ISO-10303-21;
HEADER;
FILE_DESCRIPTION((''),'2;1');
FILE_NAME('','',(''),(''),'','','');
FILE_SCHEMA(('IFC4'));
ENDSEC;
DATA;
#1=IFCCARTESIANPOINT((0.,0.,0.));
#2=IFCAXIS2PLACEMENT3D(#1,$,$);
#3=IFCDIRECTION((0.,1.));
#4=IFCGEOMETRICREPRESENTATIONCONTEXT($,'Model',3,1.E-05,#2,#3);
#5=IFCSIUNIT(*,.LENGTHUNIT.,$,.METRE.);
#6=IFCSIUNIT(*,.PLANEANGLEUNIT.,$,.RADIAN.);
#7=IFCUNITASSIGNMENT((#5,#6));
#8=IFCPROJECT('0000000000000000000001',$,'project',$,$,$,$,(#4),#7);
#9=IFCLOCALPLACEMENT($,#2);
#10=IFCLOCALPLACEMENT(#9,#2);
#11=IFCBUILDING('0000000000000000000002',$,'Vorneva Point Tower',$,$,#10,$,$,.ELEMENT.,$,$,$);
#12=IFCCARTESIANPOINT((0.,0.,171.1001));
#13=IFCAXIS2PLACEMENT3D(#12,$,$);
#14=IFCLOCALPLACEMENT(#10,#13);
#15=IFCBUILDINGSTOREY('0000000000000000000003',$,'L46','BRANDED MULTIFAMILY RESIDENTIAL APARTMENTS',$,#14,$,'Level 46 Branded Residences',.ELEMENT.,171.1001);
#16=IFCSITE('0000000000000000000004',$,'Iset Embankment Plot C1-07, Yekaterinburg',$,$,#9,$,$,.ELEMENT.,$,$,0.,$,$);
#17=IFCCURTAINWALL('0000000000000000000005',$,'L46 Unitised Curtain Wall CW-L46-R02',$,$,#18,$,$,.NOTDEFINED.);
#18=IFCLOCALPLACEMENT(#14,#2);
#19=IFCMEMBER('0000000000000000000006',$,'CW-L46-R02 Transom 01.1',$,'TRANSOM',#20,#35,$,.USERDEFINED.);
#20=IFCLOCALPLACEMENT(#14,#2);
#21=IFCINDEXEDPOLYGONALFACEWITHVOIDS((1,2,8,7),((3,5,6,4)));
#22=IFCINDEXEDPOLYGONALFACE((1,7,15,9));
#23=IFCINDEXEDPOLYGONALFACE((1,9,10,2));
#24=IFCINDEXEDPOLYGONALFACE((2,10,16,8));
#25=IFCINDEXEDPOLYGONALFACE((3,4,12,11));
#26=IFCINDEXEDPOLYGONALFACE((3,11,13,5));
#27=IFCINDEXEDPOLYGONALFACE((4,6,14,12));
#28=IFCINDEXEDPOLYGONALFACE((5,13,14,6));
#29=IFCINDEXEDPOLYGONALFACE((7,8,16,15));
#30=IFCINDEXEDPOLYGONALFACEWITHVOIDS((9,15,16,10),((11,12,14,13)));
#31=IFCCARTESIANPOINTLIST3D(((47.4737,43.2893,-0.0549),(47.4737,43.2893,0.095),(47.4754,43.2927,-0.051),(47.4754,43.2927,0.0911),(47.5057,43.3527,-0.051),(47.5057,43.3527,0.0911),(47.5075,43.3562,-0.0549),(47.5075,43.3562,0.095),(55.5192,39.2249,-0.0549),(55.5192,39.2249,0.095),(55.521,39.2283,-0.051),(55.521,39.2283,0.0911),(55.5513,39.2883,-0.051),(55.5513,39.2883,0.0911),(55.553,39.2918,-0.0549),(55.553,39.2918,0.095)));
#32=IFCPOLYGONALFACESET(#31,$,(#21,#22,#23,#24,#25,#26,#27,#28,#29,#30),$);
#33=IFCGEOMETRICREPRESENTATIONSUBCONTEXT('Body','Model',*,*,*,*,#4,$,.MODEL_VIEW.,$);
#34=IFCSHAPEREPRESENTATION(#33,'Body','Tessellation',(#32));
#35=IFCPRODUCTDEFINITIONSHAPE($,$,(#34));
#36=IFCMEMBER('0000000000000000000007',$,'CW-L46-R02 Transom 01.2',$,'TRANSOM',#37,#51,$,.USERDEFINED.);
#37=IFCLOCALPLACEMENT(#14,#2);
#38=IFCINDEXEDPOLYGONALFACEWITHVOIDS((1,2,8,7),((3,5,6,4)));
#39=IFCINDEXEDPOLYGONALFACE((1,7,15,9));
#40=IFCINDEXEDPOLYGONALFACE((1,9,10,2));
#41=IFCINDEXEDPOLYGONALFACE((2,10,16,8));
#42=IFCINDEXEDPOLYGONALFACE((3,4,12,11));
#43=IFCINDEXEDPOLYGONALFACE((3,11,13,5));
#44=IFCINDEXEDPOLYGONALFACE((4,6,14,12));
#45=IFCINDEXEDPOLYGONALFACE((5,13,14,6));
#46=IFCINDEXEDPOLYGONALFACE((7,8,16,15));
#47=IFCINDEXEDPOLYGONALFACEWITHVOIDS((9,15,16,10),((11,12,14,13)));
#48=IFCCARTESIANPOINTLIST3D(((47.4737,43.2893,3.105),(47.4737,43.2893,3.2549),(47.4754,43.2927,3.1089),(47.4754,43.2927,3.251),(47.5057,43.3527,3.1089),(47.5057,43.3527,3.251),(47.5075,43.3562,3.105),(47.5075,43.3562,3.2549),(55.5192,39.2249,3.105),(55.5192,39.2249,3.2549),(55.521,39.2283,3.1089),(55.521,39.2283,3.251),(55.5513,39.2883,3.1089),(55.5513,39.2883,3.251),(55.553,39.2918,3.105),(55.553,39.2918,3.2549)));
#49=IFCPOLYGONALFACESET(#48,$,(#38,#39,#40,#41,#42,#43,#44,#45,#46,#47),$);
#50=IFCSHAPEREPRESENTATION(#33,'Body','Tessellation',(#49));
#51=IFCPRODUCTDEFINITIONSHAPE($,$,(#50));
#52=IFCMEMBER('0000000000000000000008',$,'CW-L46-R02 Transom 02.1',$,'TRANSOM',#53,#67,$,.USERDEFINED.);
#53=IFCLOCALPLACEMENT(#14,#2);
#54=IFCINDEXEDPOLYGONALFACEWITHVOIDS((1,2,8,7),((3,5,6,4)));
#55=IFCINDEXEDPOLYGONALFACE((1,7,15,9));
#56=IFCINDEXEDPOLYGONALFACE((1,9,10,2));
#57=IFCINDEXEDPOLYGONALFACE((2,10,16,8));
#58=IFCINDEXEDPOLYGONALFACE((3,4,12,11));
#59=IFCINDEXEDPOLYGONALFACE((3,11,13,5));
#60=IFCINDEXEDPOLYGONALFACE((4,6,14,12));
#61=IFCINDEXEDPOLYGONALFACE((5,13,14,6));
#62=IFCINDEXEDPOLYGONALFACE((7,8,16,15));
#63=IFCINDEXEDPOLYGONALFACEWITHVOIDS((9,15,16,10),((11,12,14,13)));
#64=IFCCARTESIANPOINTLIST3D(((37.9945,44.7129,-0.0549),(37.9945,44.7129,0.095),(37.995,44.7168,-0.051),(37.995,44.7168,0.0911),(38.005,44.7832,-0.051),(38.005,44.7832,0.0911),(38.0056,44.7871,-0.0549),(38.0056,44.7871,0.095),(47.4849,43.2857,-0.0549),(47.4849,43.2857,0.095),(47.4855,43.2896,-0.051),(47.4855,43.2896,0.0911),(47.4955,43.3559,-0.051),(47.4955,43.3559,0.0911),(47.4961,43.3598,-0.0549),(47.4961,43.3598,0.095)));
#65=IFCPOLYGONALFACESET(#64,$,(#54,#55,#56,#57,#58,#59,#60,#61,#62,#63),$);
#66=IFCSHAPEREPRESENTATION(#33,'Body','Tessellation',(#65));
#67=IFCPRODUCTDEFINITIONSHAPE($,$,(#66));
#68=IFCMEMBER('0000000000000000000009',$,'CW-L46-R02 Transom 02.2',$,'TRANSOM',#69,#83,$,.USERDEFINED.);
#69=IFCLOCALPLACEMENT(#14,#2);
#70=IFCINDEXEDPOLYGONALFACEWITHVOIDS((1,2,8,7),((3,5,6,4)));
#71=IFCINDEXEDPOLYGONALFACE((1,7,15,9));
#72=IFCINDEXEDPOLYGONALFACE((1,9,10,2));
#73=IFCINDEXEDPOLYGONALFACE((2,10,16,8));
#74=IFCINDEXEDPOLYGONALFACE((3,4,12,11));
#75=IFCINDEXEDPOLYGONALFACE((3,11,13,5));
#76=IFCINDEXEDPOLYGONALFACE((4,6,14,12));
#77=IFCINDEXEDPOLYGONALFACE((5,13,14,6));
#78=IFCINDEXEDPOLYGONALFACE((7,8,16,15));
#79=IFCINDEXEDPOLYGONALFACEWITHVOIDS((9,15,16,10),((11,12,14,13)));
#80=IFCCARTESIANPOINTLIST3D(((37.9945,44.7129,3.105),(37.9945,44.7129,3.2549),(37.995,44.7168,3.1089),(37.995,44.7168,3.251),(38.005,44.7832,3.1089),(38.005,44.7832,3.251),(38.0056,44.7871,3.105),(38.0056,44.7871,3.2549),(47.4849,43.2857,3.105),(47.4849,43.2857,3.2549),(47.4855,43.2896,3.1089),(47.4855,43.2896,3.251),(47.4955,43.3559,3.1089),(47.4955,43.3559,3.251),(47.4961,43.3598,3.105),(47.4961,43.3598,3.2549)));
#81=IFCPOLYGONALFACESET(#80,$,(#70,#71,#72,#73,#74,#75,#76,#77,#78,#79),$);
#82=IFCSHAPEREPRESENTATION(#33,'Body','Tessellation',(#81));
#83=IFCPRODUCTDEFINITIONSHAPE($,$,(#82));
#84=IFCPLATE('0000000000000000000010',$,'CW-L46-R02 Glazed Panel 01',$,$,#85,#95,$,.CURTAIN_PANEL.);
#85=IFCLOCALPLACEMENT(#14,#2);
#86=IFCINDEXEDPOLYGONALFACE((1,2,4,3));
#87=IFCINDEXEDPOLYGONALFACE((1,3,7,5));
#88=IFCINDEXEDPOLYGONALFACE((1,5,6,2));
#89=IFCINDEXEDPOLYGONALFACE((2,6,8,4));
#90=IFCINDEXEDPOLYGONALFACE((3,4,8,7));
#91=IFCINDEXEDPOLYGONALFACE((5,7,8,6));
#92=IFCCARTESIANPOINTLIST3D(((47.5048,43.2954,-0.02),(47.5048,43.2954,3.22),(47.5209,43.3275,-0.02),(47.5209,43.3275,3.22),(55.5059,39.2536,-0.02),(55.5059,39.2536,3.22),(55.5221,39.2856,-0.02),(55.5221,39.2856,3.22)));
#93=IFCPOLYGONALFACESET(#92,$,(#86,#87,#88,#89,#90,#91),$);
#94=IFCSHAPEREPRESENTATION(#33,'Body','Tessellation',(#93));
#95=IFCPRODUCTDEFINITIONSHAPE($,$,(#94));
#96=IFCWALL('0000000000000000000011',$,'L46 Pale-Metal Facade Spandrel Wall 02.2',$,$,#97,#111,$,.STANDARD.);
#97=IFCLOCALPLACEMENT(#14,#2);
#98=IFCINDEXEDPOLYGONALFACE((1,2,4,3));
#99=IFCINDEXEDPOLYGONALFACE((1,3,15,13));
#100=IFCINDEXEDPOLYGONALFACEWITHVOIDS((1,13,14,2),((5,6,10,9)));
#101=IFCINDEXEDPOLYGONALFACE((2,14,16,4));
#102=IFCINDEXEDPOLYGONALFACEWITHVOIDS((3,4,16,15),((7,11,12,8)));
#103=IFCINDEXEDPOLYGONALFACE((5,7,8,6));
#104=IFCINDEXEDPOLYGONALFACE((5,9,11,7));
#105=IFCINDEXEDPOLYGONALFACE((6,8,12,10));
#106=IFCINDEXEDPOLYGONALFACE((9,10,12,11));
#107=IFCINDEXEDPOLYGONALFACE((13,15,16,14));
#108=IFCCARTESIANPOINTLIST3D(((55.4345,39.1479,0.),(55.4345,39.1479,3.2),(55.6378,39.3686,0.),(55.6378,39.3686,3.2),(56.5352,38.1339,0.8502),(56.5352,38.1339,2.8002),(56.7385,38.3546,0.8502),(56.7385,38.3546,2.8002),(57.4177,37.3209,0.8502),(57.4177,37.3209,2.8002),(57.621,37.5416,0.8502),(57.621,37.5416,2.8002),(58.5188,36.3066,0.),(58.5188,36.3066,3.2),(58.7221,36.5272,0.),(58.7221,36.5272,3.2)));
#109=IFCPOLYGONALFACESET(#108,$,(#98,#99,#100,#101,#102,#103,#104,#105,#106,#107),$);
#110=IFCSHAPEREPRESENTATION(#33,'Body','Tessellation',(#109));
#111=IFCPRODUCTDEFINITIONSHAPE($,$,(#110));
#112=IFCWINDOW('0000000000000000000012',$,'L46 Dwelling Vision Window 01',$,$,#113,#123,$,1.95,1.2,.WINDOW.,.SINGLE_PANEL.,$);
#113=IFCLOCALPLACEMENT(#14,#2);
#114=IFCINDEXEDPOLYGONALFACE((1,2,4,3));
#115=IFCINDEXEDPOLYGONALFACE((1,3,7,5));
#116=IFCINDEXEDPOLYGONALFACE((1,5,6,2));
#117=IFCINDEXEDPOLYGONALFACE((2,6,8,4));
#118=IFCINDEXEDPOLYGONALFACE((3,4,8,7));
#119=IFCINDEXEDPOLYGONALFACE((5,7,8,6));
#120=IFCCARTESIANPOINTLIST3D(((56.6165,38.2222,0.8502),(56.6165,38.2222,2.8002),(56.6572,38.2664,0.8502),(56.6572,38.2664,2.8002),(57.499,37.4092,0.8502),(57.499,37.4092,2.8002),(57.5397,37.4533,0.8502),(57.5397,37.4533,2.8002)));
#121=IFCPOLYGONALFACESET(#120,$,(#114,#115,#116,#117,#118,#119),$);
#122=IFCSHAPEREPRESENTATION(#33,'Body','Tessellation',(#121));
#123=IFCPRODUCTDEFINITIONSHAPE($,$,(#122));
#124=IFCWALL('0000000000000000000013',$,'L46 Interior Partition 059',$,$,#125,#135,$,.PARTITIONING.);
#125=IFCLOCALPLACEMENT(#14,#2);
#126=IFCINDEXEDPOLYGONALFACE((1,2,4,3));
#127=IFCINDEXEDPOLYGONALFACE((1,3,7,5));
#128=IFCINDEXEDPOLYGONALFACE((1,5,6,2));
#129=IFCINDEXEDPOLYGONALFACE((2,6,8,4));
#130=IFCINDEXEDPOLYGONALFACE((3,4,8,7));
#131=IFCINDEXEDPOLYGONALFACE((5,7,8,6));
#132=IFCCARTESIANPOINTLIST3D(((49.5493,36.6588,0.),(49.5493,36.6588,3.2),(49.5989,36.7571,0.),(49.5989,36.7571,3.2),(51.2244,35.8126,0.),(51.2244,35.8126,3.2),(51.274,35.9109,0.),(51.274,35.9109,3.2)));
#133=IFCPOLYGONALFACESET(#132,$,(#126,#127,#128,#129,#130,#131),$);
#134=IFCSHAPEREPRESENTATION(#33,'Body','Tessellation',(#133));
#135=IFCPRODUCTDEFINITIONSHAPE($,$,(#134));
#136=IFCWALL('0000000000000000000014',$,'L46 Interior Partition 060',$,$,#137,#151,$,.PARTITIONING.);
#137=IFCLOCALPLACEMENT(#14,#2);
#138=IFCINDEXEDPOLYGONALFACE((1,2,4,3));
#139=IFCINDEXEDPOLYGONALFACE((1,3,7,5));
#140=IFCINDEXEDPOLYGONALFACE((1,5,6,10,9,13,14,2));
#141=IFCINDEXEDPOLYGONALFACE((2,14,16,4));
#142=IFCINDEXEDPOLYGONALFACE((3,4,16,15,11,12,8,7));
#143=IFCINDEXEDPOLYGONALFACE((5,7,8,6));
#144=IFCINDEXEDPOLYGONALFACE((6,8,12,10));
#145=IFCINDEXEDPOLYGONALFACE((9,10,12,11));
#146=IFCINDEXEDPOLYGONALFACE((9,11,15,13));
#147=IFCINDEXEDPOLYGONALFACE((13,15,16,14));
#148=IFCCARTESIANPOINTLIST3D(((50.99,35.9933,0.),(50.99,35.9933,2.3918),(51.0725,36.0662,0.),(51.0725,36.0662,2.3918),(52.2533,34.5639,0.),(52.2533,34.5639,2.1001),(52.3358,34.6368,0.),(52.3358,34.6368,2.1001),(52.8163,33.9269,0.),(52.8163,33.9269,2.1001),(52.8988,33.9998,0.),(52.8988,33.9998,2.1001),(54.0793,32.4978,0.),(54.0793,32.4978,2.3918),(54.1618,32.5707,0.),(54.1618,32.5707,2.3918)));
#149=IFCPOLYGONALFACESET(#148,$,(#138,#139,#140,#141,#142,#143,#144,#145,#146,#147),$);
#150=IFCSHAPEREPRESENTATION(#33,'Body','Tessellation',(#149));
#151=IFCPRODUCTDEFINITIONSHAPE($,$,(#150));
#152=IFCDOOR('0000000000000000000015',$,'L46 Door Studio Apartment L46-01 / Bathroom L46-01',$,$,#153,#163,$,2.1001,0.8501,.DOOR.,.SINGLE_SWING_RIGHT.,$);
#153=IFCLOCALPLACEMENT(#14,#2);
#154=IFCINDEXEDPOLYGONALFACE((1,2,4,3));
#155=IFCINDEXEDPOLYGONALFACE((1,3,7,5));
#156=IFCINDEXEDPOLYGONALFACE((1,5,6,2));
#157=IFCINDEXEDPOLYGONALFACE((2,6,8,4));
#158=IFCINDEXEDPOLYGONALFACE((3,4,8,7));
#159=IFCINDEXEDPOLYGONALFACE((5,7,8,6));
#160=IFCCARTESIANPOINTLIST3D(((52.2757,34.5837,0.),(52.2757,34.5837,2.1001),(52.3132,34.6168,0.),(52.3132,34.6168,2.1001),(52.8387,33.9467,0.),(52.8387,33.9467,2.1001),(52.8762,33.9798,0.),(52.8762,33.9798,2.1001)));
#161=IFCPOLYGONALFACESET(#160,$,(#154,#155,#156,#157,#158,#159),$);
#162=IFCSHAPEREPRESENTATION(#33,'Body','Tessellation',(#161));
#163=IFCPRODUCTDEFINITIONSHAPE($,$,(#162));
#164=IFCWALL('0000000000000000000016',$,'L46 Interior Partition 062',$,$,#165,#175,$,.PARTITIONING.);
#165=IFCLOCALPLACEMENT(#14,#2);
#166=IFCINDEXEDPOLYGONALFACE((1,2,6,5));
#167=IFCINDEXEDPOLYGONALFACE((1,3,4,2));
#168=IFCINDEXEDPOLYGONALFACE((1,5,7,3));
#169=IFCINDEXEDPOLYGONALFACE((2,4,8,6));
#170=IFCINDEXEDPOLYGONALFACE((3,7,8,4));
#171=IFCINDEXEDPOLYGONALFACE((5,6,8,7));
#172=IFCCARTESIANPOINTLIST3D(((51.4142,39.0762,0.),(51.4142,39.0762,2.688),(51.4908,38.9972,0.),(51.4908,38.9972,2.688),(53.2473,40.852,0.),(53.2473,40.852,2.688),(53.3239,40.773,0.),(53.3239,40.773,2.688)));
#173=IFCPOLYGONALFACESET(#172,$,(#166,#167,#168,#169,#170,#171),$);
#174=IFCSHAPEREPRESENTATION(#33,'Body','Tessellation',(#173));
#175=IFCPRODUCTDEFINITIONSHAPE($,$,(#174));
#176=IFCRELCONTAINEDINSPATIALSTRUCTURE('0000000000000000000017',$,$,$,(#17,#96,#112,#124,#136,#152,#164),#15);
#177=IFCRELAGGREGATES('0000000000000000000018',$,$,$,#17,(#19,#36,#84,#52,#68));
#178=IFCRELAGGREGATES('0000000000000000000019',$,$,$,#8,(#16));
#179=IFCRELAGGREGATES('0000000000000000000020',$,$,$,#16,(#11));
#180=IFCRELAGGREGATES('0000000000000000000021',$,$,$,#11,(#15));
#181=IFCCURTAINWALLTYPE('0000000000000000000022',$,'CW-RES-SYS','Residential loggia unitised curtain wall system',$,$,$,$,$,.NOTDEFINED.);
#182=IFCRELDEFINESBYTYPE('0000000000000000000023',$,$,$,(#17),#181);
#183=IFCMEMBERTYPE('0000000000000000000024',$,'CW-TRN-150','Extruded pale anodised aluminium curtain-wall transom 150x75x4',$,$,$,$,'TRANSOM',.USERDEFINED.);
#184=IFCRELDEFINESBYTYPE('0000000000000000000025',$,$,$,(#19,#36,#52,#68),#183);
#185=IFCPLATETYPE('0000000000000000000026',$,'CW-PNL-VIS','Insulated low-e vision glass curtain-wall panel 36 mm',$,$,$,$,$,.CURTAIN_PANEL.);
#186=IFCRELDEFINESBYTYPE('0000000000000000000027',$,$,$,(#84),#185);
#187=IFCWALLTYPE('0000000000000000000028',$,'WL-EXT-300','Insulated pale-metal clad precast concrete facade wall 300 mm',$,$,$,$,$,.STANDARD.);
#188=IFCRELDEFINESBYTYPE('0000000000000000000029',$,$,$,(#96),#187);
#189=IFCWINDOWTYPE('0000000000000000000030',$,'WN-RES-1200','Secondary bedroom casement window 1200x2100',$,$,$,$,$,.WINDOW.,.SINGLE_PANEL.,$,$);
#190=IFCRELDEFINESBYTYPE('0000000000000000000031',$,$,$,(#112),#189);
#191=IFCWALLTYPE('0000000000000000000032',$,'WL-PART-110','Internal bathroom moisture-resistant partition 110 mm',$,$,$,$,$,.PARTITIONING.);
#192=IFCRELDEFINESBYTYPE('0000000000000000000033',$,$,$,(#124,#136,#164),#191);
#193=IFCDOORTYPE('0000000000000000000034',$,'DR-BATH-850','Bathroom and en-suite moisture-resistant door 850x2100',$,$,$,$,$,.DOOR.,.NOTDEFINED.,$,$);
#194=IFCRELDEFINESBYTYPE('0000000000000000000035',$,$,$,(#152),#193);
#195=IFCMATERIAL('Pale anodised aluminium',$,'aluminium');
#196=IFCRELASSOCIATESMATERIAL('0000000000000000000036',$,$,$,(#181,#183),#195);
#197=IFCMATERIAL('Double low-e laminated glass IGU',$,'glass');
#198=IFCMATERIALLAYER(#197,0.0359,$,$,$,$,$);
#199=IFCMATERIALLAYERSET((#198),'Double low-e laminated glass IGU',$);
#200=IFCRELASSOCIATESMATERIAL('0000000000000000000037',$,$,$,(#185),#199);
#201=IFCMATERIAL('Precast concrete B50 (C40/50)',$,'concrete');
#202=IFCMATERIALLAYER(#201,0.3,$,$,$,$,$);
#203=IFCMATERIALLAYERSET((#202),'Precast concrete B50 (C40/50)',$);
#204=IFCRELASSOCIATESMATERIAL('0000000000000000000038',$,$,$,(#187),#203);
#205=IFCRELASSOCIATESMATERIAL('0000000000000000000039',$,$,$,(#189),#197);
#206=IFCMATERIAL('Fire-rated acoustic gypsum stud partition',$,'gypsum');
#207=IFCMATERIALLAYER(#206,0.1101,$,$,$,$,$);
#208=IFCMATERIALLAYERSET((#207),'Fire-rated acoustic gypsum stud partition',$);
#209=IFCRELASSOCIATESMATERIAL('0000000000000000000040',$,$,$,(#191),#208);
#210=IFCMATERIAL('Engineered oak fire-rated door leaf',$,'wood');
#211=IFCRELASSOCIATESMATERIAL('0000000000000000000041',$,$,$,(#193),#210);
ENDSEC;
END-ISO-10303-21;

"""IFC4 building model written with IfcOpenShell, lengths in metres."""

from ifc_helpers import new_model, si_unit, direction, frame, frame_2d, origin, origin_2d, place, context, subcontext, project, spatial, rectangle, hollow_rectangle, extrude, material, layer, layer_set, material_profile, profile_set, type_object, element, fill, aggregate, save


model = new_model("IFC4")

# Units and contexts
model_context = context("Model", 3, precision=1e-05, world=origin(), true_north=direction((0.0, 1.0)))
body_context = subcontext(model_context, "Body", "Model", "MODEL_VIEW")
ifc_project = project(units=[si_unit("LENGTHUNIT", "METRE"), si_unit("PLANEANGLEUNIT", "RADIAN")], contexts=[model_context])

# Site, building, storey
site_placement = place(None, origin())
site = spatial("IfcSite", under=ifc_project, at=site_placement, Name="Iset Embankment Plot C1-07, Yekaterinburg", CompositionType="ELEMENT", RefElevation=0.0)
building_placement = place(site_placement, origin())
building = spatial("IfcBuilding", under=site, at=building_placement, Name="Vorneva Point Tower", CompositionType="ELEMENT")
storey_placement = place(building_placement, frame((0.0, 0.0, 171.1001)))
storey = spatial("IfcBuildingStorey", under=building, at=storey_placement, Name="L46", Description="BRANDED MULTIFAMILY RESIDENTIAL APARTMENTS", LongName="Level 46 Branded Residences", CompositionType="ELEMENT", Elevation=171.1001)

# Curtain wall, members, plate
ifc_material_1 = material(Name="Pale anodised aluminium", Category="aluminium")
curtain_wall_type = type_object("IfcCurtainWallType", Name="CW-RES-SYS", Description="Residential loggia unitised curtain wall system", PredefinedType="NOTDEFINED", material=ifc_material_1)
curtain_wall_placement = place(storey_placement, origin())
curtain_wall = element("IfcCurtainWall", 1, at=curtain_wall_placement, inside=storey, type_object=curtain_wall_type, Name="L46 Unitised Curtain Wall CW-L46-R02", PredefinedType="NOTDEFINED")
ifc_material_profile_1 = material_profile(ifc_material_1, hollow_rectangle(XDim=0.075, YDim=0.1499, WallThickness=0.0039, at=origin_2d()), Name="AL-TRN 150x75x4")
ifc_profile_set_1 = profile_set([ifc_material_profile_1], Name="Pale anodised aluminium")
member_type_1 = type_object("IfcMemberType", Name="CW-TRN-150", Description="Extruded pale anodised aluminium curtain-wall transom 150x75x4", ElementType="TRANSOM", PredefinedType="USERDEFINED", material=ifc_profile_set_1)
member_1_placement = place(storey_placement, frame((55.5361, 39.2583, 0.02), z_axis=(-0.892572, 0.450904, 0.0), x_axis=(-0.450904, -0.892572, 0.0)))
member_1 = element("IfcMember", 2, at=member_1_placement, type_object=member_type_1, Name="CW-L46-R02 Transom 01.1", ObjectType="TRANSOM", PredefinedType="USERDEFINED", context=body_context, shape_type="SweptSolid", body=[
    extrude(hollow_rectangle(XDim=0.075, YDim=0.1499, WallThickness=0.0039, at=origin_2d()), origin(), (0.0, 0.0, 1.0), 9.0139),
])
member_2_placement = place(storey_placement, frame((55.5361, 39.2583, 3.1799), z_axis=(-0.892572, 0.450904, 0.0), x_axis=(-0.450904, -0.892572, 0.0)))
member_2 = element("IfcMember", 3, at=member_2_placement, type_object=member_type_1, Name="CW-L46-R02 Transom 01.2", ObjectType="TRANSOM", PredefinedType="USERDEFINED", context=body_context, shape_type="SweptSolid", body=[
    extrude(hollow_rectangle(XDim=0.075, YDim=0.1499, WallThickness=0.0039, at=origin_2d()), origin(), (0.0, 0.0, 1.0), 9.0139),
])
member_3_placement = place(storey_placement, frame((47.4905, 43.3228, 0.02), z_axis=(-0.98888, 0.148715, 0.0), x_axis=(-0.148715, -0.98888, 0.0)))
member_3 = element("IfcMember", 4, at=member_3_placement, type_object=member_type_1, Name="CW-L46-R02 Transom 02.1", ObjectType="TRANSOM", PredefinedType="USERDEFINED", context=body_context, shape_type="SweptSolid", body=[
    extrude(hollow_rectangle(XDim=0.075, YDim=0.1499, WallThickness=0.0039, at=origin_2d()), origin(), (0.0, 0.0, 1.0), 9.5972),
])
member_4_placement = place(storey_placement, frame((47.4905, 43.3228, 3.1799), z_axis=(-0.98888, 0.148715, 0.0), x_axis=(-0.148715, -0.98888, 0.0)))
member_4 = element("IfcMember", 5, at=member_4_placement, type_object=member_type_1, Name="CW-L46-R02 Transom 02.2", ObjectType="TRANSOM", PredefinedType="USERDEFINED", context=body_context, shape_type="SweptSolid", body=[
    extrude(hollow_rectangle(XDim=0.075, YDim=0.1499, WallThickness=0.0039, at=origin_2d()), origin(), (0.0, 0.0, 1.0), 9.5972),
])
ifc_material_2 = material(Name="Double low-e laminated glass IGU", Category="glass")
ifc_layer_1 = layer(ifc_material_2, 0.0359)
ifc_layer_set_1 = layer_set([ifc_layer_1], Name="Double low-e laminated glass IGU")
plate_type = type_object("IfcPlateType", Name="CW-PNL-VIS", Description="Insulated low-e vision glass curtain-wall panel 36 mm", PredefinedType="CURTAIN_PANEL", material=ifc_layer_set_1)
plate_placement = place(storey_placement, frame((51.5134, 41.2905, -0.02), z_axis=(0.0, 0.0, 1.0), x_axis=(-0.892578, 0.450893, 0.0)))
plate = element("IfcPlate", 6, at=plate_placement, type_object=plate_type, Name="CW-L46-R02 Glazed Panel 01", PredefinedType="CURTAIN_PANEL", context=body_context, shape_type="SweptSolid", body=[
    extrude(rectangle(XDim=8.9641, YDim=0.0359, at=origin_2d()), origin(), (0.0, 0.0, 1.0), 3.24),
])
aggregate(curtain_wall, [member_1, member_2, plate, member_3, member_4])

# Wall, opening, window
ifc_material_3 = material(Name="Precast concrete B50 (C40/50)", Category="concrete")
ifc_layer_2 = layer(ifc_material_3, 0.3)
ifc_layer_set_2 = layer_set([ifc_layer_2], Name="Precast concrete B50 (C40/50)")
wall_type_1 = type_object("IfcWallType", Name="WL-EXT-300", Description="Insulated pale-metal clad precast concrete facade wall 300 mm", PredefinedType="STANDARD", material=ifc_layer_set_2)
wall_1_placement = place(storey_placement, frame((58.6204, 36.417, 0.0), z_axis=(0.0, 0.0, 1.0), x_axis=(-0.735477, 0.67755, 0.0)))
wall_1 = element("IfcWall", 7, at=wall_1_placement, inside=storey, type_object=wall_type_1, Name="L46 Pale-Metal Facade Spandrel Wall 02.2", PredefinedType="STANDARD", context=body_context, shape_type="SweptSolid", body=[
    extrude(rectangle(XDim=4.1936, YDim=0.3, at=frame_2d((2.0967, 0.0))), origin(), (0.0, 0.0, 1.0), 3.2),
])
opening_1_placement = place(wall_1_placement, frame((1.4968, 0.0, 0.8501)))
opening_1 = element("IfcOpeningElement", 8, at=opening_1_placement, cuts=wall_1, PredefinedType="OPENING", context=body_context, shape_type="SweptSolid", body=[
    extrude(rectangle(XDim=1.2, YDim=1.95, at=frame_2d((0.6001, 0.9751))), frame((0.0, 0.165, 0.0), z_axis=(0.0, -1.0, 0.0), x_axis=(1.0, 0.0, 0.0)), (0.0, 0.0, 1.0), 0.3298),
])
window_type = type_object("IfcWindowType", Name="WN-RES-1200", Description="Secondary bedroom casement window 1200x2100", PartitioningType="SINGLE_PANEL", PredefinedType="WINDOW", material=ifc_material_2)
window_placement = place(opening_1_placement, origin())
window = element("IfcWindow", 9, at=window_placement, inside=storey, type_object=window_type, Name="L46 Dwelling Vision Window 01", OverallHeight=1.95, OverallWidth=1.2, PartitioningType="SINGLE_PANEL", PredefinedType="WINDOW", context=body_context, shape_type="SweptSolid", body=[
    extrude(rectangle(XDim=1.2, YDim=1.95, at=frame_2d((0.6001, 0.9751))), frame((0.0, 0.03, 0.0), z_axis=(0.0, -1.0, 0.0), x_axis=(1.0, 0.0, 0.0)), (0.0, 0.0, 1.0), 0.0601),
])
fill(opening_1, window)

# Wall
ifc_material_4 = material(Name="Fire-rated acoustic gypsum stud partition", Category="gypsum")
ifc_layer_3 = layer(ifc_material_4, 0.1101)
ifc_layer_set_3 = layer_set([ifc_layer_3], Name="Fire-rated acoustic gypsum stud partition")
wall_type_2 = type_object("IfcWallType", Name="WL-PART-110", Description="Internal bathroom moisture-resistant partition 110 mm", PredefinedType="PARTITIONING", material=ifc_layer_set_3)
wall_2_placement = place(storey_placement, frame((49.574, 36.708, 0.0), z_axis=(0.0, 0.0, 1.0), x_axis=(0.892572, -0.450904, 0.0)))
element("IfcWall", 10, at=wall_2_placement, inside=storey, type_object=wall_type_2, Name="L46 Interior Partition 059", PredefinedType="PARTITIONING", context=body_context, shape_type="SweptSolid", body=[
    extrude(rectangle(XDim=1.8767, YDim=0.1101, at=frame_2d((0.9385, 0.0))), origin(), (0.0, 0.0, 1.0), 3.2),
])

# Wall, opening, door
wall_3_placement = place(storey_placement, frame((51.0312, 36.0298, 0.0), z_axis=(0.0, 0.0, 1.0), x_axis=(0.662224, -0.749306, 0.0)))
wall_3 = element("IfcWall", 11, at=wall_3_placement, inside=storey, type_object=wall_type_2, Name="L46 Interior Partition 060", PredefinedType="PARTITIONING", context=body_context, shape_type="SweptSolid", body=[
    extrude(rectangle(XDim=4.665, YDim=0.1101, at=frame_2d((2.3325, 0.0))), origin(), (0.0, 0.0, 1.0), 2.3918),
])
opening_2_placement = place(wall_3_placement, frame((1.9077, 0.0, 0.0)))
opening_2 = element("IfcOpeningElement", 12, at=opening_2_placement, cuts=wall_3, PredefinedType="OPENING", context=body_context, shape_type="SweptSolid", body=[
    extrude(rectangle(XDim=0.8501, YDim=2.1001, at=frame_2d((0.425, 1.05))), frame((0.0, 0.0698, 0.0), z_axis=(0.0, -1.0, 0.0), x_axis=(1.0, 0.0, 0.0)), (0.0, 0.0, 1.0), 0.1399),
])
ifc_material_5 = material(Name="Engineered oak fire-rated door leaf", Category="wood")
door_type_1 = type_object("IfcDoorType", Name="DR-BATH-850", Description="Bathroom and en-suite moisture-resistant door 850x2100", OperationType="NOTDEFINED", PredefinedType="DOOR", material=ifc_material_5)
door_1_placement = place(opening_2_placement, origin())
door_1 = element("IfcDoor", 13, at=door_1_placement, inside=storey, type_object=door_type_1, Name="L46 Door Studio Apartment L46-01 / Bathroom L46-01", OperationType="SINGLE_SWING_RIGHT", OverallHeight=2.1001, OverallWidth=0.8501, PredefinedType="DOOR", context=body_context, shape_type="SweptSolid", body=[
    extrude(rectangle(XDim=0.8501, YDim=2.1001, at=frame_2d((0.425, 1.05))), frame((0.0, 0.0249, 0.0), z_axis=(0.0, -1.0, 0.0), x_axis=(1.0, 0.0, 0.0)), (0.0, 0.0, 1.0), 0.05),
])
fill(opening_2, door_1)

# Wall
wall_4_placement = place(storey_placement, frame((53.2856, 40.8125, 0.0), z_axis=(0.0, 0.0, 1.0), x_axis=(-0.718257, -0.695778, 0.0)))
element("IfcWall", 14, at=wall_4_placement, inside=storey, type_object=wall_type_2, Name="L46 Interior Partition 062", PredefinedType="PARTITIONING", context=body_context, shape_type="SweptSolid", body=[
    extrude(rectangle(XDim=2.5522, YDim=0.1101, at=frame_2d((1.2761, 0.0))), origin(), (0.0, 0.0, 1.0), 2.688),
])

save(model, "model.ifc")
